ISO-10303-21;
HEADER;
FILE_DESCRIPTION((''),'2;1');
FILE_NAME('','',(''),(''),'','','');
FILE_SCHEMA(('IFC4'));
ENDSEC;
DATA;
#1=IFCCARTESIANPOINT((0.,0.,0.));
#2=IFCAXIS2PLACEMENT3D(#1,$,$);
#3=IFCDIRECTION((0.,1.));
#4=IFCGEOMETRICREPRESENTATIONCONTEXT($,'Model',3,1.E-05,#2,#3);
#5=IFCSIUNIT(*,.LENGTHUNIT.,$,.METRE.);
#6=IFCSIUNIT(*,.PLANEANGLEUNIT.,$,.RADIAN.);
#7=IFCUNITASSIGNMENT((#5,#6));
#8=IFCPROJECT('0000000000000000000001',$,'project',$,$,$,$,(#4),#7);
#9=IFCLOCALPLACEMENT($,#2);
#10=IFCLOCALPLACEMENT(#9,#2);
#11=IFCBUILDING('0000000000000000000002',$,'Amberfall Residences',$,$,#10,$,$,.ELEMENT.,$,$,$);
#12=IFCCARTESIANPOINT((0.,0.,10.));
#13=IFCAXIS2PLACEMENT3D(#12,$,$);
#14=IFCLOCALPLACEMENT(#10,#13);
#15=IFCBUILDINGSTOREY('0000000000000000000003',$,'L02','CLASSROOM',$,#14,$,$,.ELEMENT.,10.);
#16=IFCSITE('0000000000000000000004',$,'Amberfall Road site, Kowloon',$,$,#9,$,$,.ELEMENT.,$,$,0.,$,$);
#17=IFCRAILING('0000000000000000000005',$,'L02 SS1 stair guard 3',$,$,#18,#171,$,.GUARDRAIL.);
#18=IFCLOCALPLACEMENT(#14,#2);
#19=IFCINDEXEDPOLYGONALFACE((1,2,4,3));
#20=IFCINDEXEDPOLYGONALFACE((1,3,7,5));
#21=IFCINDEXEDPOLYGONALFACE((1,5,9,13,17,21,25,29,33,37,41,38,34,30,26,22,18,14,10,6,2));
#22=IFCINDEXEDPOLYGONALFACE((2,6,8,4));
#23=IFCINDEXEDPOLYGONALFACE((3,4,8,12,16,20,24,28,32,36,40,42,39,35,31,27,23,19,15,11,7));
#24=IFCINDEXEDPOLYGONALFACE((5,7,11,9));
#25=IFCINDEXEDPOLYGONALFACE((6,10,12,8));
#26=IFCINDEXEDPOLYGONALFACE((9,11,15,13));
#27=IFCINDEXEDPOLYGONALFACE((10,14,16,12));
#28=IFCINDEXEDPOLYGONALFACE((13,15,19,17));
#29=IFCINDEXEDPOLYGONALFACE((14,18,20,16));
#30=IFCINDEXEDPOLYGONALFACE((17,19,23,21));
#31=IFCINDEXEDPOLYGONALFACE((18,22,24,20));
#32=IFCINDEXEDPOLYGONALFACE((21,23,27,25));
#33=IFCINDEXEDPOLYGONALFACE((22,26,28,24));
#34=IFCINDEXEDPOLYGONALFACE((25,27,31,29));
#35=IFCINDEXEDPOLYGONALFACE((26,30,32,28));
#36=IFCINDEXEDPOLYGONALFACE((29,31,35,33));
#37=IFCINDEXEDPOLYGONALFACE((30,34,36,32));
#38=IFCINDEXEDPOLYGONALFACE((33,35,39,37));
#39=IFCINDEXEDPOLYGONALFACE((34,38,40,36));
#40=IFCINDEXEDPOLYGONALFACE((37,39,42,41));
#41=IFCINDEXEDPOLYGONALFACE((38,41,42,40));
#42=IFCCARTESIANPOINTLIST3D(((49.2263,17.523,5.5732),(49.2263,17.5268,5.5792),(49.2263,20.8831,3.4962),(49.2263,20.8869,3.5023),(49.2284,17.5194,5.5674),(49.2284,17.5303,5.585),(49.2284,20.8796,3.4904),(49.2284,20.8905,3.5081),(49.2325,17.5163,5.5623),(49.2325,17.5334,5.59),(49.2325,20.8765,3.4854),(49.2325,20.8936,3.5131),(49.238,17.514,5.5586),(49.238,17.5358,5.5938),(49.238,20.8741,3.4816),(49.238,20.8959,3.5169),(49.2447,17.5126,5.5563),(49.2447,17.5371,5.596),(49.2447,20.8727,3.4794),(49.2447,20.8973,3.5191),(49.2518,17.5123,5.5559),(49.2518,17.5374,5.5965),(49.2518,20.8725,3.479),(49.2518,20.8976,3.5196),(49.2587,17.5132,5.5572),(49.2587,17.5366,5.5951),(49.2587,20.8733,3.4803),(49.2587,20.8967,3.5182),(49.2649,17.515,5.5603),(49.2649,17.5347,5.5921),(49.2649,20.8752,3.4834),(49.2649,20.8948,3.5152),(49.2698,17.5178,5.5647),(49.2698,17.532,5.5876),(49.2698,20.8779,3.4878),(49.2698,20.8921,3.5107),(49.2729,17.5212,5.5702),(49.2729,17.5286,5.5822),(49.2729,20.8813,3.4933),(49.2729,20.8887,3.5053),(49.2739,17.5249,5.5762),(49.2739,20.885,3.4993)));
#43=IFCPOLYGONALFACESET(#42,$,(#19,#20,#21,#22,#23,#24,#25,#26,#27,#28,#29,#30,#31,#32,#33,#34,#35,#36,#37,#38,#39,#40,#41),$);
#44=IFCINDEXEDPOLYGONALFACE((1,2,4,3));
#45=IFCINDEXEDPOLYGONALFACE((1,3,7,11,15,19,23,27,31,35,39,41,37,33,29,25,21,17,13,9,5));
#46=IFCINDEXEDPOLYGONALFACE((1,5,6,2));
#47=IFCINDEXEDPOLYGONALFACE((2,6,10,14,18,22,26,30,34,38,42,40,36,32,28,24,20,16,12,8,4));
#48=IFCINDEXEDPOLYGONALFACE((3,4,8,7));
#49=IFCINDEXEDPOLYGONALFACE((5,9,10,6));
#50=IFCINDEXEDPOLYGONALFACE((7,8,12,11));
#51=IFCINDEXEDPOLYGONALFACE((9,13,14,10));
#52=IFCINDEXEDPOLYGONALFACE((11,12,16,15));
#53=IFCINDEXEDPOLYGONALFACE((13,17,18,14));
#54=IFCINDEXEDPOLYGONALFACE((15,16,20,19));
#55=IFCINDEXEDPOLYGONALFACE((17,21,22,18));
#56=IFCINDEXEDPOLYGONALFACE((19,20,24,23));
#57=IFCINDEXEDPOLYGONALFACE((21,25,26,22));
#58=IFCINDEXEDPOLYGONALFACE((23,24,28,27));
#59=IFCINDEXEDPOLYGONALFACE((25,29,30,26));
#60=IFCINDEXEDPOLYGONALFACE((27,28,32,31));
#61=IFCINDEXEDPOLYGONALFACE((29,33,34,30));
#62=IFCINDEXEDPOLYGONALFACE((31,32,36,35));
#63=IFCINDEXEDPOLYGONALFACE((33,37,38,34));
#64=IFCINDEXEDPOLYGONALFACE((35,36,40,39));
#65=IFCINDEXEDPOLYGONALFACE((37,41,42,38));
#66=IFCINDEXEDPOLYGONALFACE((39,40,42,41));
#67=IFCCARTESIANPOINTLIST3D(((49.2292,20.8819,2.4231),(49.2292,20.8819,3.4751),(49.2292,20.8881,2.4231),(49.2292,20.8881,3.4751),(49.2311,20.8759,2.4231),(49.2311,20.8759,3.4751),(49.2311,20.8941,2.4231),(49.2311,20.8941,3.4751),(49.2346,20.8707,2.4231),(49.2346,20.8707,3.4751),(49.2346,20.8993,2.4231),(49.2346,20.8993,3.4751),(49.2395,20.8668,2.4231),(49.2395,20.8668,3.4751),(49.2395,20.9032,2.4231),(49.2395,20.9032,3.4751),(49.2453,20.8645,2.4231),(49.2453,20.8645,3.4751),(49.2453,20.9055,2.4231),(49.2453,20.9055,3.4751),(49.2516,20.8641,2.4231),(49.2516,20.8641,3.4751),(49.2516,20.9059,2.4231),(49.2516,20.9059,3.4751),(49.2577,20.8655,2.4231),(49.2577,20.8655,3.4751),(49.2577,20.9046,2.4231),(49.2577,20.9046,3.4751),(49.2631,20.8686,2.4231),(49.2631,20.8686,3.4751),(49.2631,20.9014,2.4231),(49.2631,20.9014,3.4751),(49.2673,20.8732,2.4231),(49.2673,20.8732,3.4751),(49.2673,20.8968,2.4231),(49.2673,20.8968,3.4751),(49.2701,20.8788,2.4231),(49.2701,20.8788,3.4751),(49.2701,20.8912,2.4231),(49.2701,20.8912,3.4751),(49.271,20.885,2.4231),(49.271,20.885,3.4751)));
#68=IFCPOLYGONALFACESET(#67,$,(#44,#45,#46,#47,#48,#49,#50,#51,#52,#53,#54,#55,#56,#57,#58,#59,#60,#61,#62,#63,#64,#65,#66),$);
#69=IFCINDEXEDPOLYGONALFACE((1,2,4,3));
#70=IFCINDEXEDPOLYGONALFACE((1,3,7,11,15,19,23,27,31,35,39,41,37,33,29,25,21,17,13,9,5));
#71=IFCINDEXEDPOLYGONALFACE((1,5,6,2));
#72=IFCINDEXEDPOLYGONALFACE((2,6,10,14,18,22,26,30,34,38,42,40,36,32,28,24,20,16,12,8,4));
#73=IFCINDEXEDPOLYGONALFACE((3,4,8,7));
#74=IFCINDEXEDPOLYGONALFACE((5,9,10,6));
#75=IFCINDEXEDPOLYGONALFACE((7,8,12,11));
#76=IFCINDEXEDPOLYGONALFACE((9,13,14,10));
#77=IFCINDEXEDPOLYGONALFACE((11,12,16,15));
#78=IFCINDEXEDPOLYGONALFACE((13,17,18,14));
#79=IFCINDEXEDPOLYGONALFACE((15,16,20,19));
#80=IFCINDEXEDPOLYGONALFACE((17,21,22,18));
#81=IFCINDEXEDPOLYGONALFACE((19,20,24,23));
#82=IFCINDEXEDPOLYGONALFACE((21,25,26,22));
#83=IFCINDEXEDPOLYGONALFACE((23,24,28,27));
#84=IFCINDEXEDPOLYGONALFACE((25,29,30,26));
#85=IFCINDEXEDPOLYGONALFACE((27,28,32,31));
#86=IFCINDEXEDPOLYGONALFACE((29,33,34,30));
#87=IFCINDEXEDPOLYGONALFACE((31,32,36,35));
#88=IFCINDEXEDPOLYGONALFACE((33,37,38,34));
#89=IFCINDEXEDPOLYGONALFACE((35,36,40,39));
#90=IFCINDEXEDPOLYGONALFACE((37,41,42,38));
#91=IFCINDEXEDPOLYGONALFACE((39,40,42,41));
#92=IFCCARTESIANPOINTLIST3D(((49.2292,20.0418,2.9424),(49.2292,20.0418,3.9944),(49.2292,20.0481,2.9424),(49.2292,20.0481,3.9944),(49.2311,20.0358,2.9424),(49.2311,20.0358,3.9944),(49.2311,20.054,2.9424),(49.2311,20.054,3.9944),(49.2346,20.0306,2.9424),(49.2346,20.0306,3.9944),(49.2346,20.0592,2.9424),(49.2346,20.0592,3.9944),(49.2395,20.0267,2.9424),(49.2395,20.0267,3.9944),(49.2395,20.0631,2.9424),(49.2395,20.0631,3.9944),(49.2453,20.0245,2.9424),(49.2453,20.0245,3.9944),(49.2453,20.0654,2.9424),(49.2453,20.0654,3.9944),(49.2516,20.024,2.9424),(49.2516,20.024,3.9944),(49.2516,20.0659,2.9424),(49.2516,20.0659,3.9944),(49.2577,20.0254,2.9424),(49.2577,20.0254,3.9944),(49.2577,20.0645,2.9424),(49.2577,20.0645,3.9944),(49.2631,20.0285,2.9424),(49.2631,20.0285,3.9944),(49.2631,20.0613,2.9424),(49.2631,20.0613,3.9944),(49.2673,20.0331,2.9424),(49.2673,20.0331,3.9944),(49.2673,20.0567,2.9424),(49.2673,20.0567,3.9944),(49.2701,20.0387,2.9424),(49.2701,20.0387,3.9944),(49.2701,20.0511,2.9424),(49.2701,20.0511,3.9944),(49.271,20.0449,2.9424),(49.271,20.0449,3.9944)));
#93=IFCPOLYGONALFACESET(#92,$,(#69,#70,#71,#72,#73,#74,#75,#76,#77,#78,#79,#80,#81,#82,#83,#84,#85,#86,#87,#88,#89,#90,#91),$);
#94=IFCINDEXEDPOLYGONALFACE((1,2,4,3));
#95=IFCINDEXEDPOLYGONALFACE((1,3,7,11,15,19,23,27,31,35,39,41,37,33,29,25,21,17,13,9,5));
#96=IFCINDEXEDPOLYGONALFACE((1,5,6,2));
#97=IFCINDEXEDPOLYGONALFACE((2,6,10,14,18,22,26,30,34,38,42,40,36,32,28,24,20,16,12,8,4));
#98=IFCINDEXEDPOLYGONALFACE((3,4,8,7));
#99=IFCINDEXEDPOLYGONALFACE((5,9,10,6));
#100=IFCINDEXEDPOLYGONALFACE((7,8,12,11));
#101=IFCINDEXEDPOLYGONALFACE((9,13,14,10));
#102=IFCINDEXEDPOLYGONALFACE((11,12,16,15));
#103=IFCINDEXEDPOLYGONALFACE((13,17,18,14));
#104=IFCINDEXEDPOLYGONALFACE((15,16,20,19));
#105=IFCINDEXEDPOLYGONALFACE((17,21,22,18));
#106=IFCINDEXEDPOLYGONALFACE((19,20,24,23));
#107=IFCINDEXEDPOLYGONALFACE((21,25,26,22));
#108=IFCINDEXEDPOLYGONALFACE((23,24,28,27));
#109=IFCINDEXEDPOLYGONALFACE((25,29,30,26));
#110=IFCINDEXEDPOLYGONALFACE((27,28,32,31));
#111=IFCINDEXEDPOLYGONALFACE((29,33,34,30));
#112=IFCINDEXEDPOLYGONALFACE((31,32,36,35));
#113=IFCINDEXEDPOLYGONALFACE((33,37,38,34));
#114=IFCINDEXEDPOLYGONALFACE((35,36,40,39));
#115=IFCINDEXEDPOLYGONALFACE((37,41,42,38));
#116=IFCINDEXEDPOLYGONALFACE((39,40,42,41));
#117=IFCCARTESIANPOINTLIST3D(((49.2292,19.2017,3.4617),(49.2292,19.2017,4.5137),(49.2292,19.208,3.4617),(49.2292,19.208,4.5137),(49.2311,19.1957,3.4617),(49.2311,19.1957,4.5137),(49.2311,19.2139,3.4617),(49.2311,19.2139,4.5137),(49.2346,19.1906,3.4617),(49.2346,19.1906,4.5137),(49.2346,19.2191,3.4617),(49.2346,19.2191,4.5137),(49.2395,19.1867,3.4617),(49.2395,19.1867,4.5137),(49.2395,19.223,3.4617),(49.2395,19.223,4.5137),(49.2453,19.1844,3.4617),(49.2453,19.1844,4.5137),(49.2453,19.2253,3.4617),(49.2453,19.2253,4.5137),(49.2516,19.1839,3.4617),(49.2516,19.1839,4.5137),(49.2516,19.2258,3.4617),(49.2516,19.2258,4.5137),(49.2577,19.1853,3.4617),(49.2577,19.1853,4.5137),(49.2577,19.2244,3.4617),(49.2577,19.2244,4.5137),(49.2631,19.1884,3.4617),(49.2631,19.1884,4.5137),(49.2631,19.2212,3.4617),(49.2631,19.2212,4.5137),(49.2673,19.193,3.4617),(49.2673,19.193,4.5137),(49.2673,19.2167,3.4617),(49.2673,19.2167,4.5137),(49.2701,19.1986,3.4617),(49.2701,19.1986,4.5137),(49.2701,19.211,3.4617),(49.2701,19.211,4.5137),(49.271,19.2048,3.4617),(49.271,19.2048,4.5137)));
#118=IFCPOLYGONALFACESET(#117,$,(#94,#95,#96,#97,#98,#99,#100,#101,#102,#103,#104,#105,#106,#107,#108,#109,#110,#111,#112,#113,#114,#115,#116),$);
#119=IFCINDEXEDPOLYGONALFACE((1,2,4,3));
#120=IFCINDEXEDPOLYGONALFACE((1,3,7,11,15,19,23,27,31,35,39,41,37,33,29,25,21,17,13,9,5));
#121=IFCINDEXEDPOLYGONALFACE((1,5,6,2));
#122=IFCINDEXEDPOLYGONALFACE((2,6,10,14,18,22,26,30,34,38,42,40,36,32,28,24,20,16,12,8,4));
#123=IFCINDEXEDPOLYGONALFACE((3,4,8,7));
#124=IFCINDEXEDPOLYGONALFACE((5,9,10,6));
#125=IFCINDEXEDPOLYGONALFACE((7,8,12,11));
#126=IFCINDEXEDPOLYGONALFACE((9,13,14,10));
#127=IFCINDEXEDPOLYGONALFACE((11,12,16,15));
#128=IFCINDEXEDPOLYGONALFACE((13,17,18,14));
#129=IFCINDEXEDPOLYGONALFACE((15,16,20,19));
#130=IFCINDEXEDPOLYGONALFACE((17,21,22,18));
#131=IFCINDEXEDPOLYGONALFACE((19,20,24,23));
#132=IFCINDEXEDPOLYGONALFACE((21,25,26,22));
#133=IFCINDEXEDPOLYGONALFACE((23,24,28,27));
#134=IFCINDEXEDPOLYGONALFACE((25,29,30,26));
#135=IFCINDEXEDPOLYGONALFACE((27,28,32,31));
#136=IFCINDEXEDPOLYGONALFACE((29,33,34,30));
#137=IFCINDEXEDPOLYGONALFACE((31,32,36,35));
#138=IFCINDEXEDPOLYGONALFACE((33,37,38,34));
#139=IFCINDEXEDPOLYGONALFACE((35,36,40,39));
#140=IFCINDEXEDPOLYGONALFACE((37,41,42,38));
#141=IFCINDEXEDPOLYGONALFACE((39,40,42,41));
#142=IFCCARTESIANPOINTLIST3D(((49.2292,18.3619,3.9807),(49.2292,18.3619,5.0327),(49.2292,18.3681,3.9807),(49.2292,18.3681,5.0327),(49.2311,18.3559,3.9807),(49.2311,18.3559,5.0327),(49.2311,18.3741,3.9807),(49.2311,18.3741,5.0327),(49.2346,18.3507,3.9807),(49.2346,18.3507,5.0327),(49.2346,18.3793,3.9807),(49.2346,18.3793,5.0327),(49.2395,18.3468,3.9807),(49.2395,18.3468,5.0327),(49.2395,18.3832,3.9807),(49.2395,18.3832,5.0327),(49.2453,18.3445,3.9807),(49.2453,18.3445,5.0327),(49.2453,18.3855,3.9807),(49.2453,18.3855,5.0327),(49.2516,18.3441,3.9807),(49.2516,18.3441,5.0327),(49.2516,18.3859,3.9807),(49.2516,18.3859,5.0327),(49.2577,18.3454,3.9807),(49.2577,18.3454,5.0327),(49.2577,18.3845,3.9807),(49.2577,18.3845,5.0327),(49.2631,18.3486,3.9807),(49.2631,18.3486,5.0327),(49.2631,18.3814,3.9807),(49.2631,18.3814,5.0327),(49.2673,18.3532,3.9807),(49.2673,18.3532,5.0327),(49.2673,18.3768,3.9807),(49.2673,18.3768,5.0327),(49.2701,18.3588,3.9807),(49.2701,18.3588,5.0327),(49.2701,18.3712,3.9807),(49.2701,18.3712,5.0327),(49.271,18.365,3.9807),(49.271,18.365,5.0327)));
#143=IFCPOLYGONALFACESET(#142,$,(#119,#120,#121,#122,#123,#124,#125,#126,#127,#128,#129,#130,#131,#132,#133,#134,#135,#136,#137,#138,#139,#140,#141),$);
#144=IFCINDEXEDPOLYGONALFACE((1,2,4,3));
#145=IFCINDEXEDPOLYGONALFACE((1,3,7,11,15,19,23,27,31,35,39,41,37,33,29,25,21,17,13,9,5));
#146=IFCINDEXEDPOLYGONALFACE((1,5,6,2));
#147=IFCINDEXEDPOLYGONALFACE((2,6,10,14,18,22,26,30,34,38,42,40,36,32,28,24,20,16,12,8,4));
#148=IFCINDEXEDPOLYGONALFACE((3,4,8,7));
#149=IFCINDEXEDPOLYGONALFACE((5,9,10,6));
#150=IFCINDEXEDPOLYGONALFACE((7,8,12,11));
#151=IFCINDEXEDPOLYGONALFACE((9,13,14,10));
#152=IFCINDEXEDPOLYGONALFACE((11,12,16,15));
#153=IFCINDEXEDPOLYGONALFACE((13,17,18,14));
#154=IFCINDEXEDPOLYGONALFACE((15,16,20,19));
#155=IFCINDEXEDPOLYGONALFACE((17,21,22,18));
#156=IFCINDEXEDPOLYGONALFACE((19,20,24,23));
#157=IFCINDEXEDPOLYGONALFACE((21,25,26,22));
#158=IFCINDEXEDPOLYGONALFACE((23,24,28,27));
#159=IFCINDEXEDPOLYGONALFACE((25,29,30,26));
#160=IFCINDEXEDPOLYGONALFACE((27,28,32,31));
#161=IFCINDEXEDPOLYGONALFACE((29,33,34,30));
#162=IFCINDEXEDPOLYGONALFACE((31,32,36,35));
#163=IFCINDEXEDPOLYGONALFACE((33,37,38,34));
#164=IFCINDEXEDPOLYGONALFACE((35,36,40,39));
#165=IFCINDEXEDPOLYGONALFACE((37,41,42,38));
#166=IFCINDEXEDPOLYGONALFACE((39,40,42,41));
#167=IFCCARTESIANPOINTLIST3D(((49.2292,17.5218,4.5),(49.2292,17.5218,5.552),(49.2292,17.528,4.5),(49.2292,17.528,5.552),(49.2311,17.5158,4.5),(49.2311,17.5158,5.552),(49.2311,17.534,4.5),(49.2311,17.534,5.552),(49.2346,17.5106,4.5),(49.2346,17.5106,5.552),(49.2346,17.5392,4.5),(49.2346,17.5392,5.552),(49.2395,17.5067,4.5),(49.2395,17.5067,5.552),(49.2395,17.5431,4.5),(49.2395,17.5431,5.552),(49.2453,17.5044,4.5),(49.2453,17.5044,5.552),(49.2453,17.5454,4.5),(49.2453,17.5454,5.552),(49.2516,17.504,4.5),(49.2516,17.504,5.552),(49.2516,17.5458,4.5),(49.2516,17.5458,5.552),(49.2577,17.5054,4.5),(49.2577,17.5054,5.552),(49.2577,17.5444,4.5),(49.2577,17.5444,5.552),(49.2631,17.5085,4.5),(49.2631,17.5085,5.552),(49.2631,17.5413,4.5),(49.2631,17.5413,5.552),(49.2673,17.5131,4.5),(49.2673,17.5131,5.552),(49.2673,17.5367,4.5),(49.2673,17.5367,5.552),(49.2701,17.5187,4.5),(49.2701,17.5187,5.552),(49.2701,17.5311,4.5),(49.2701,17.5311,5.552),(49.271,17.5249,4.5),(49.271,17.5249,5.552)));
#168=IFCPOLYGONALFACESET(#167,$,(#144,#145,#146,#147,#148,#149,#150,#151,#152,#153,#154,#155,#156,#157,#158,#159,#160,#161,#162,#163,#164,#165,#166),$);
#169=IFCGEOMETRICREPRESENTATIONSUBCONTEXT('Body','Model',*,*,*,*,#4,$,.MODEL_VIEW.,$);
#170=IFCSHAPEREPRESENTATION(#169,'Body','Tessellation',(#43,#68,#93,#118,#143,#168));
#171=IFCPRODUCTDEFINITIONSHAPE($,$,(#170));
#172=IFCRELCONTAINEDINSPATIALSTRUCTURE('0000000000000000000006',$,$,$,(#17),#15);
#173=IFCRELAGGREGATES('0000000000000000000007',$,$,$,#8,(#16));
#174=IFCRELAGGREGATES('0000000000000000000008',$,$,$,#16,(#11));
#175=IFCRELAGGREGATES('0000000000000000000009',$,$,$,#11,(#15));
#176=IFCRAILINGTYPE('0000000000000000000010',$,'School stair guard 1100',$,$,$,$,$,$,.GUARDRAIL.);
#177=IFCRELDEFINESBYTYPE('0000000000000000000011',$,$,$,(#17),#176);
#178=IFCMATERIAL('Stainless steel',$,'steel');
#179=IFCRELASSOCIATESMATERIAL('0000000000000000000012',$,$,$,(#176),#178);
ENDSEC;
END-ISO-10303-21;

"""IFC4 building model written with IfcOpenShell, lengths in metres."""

from ifc_helpers import new_model, si_unit, direction, frame, origin, origin_2d, place, context, subcontext, project, spatial, circle, extrude, material, type_object, element, save


model = new_model("IFC4")

# Units and contexts
model_context = context("Model", 3, precision=1e-05, world=origin(), true_north=direction((0.0, 1.0)))
body_context = subcontext(model_context, "Body", "Model", "MODEL_VIEW")
ifc_project = project(units=[si_unit("LENGTHUNIT", "METRE"), si_unit("PLANEANGLEUNIT", "RADIAN")], contexts=[model_context])

# Site, building, storey
site_placement = place(None, origin())
site = spatial("IfcSite", under=ifc_project, at=site_placement, Name="Amberfall Road site, Kowloon", CompositionType="ELEMENT", RefElevation=0.0)
building_placement = place(site_placement, origin())
building = spatial("IfcBuilding", under=site, at=building_placement, Name="Amberfall Residences", CompositionType="ELEMENT")
storey_placement = place(building_placement, frame((0.0, 0.0, 10.0)))
storey = spatial("IfcBuildingStorey", under=building, at=storey_placement, Name="L02", Description="CLASSROOM", CompositionType="ELEMENT", Elevation=10.0)

# Railing
ifc_material_1 = material(Name="Stainless steel", Category="steel")
railing_type_1 = type_object("IfcRailingType", Name="School stair guard 1100", PredefinedType="GUARDRAIL", material=ifc_material_1)
railing_1_placement = place(storey_placement, frame((49.25, 20.885, 2.4231)))
element("IfcRailing", 1, at=railing_1_placement, inside=storey, type_object=railing_type_1, Name="L02 SS1 stair guard 3", PredefinedType="GUARDRAIL", context=body_context, shape_type="SweptSolid", body=[
    extrude(circle(Radius=0.0239, at=origin_2d()), frame((0.0, 0.0, 1.0762), z_axis=(0.0, -0.850623, 0.525776), x_axis=(1.0, 0.0, 0.0)), (0.0, 0.0, 1.0), 3.9502),
    extrude(circle(Radius=0.021, at=origin_2d()), origin(), (0.0, 0.0, 1.0), 1.052),
    extrude(circle(Radius=0.021, at=origin_2d()), frame((0.0, -0.8401, 0.5193)), (0.0, 0.0, 1.0), 1.052),
    extrude(circle(Radius=0.021, at=origin_2d()), frame((0.0, -1.6802, 1.0386)), (0.0, 0.0, 1.0), 1.052),
    extrude(circle(Radius=0.021, at=origin_2d()), frame((0.0, -2.52, 1.5576)), (0.0, 0.0, 1.0), 1.052),
    extrude(circle(Radius=0.021, at=origin_2d()), frame((0.0, -3.3601, 2.0769)), (0.0, 0.0, 1.0), 1.052),
])

save(model, "model.ifc")
